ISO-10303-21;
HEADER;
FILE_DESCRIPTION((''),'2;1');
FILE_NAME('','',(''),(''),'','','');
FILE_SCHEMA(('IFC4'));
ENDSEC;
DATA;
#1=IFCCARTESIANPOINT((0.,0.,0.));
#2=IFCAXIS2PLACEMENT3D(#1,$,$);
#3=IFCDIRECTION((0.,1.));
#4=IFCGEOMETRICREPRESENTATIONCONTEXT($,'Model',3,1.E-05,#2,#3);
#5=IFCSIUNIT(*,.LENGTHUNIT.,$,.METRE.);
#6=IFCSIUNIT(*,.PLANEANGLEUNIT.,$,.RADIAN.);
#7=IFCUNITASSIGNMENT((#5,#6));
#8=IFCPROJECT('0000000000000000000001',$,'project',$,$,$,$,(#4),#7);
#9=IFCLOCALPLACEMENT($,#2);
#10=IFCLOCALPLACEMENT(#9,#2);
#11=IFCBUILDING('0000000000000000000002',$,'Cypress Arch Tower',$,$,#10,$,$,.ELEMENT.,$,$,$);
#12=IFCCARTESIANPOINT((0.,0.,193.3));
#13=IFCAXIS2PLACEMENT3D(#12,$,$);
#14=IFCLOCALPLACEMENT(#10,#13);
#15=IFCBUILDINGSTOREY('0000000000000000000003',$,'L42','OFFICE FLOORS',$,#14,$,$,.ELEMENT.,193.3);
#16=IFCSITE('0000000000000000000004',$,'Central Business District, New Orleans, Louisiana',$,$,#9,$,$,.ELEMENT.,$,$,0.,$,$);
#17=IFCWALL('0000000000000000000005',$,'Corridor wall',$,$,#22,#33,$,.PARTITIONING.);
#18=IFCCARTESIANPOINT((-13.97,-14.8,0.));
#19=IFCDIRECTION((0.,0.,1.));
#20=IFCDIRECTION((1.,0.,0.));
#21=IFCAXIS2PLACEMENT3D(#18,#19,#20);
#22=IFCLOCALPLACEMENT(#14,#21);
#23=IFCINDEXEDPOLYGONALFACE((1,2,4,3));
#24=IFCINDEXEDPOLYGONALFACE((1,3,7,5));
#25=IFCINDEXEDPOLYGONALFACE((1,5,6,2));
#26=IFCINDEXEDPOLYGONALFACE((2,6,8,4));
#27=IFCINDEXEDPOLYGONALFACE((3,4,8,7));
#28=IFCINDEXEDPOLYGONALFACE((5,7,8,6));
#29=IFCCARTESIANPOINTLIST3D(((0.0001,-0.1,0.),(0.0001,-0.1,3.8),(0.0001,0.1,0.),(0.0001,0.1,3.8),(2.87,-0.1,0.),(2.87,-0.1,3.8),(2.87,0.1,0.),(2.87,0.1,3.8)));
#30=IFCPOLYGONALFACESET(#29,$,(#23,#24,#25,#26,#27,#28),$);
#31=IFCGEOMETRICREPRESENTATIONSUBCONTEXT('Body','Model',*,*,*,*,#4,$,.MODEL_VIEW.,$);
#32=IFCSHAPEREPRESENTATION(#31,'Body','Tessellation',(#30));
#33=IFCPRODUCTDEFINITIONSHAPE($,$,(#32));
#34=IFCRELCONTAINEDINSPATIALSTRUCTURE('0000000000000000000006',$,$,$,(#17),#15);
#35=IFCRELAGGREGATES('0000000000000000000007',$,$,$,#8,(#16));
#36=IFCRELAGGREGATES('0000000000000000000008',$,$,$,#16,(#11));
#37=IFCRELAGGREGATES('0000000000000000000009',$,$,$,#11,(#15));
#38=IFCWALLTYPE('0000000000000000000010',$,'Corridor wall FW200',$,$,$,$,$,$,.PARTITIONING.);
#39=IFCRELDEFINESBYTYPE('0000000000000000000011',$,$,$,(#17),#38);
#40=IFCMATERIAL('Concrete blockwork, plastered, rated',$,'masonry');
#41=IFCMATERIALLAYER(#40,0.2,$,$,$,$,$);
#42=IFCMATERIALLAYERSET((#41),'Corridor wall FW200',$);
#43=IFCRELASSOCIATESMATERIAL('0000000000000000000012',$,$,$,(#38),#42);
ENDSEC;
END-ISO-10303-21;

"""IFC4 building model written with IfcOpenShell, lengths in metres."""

from ifc_helpers import new_model, si_unit, direction, frame, frame_2d, origin, place, context, subcontext, project, spatial, rectangle, extrude, material, layer, layer_set, type_object, element, save


model = new_model("IFC4")

# Units and contexts
model_context = context("Model", 3, precision=1e-05, world=origin(), true_north=direction((0.0, 1.0)))
body_context = subcontext(model_context, "Body", "Model", "MODEL_VIEW")
ifc_project = project(units=[si_unit("LENGTHUNIT", "METRE"), si_unit("PLANEANGLEUNIT", "RADIAN")], contexts=[model_context])

# Site, building, storey
site_placement = place(None, origin())
site = spatial("IfcSite", under=ifc_project, at=site_placement, Name="Central Business District, New Orleans, Louisiana", CompositionType="ELEMENT", RefElevation=0.0)
building_placement = place(site_placement, origin())
building = spatial("IfcBuilding", under=site, at=building_placement, Name="Cypress Arch Tower", CompositionType="ELEMENT")
storey_placement = place(building_placement, frame((0.0, 0.0, 193.3)))
storey = spatial("IfcBuildingStorey", under=building, at=storey_placement, Name="L42", Description="OFFICE FLOORS", CompositionType="ELEMENT", Elevation=193.3)

# Wall
ifc_material_1 = material(Name="Concrete blockwork, plastered, rated", Category="masonry")
ifc_layer_1 = layer(ifc_material_1, 0.2)
ifc_layer_set_1 = layer_set([ifc_layer_1], Name="Corridor wall FW200")
wall_type_1 = type_object("IfcWallType", Name="Corridor wall FW200", PredefinedType="PARTITIONING", material=ifc_layer_set_1)
wall_1_placement = place(storey_placement, frame((-13.97, -14.8, 0.0), z_axis=(0.0, 0.0, 1.0), x_axis=(1.0, 0.0, 0.0)))
element("IfcWall", 1, at=wall_1_placement, inside=storey, type_object=wall_type_1, Name="Corridor wall", PredefinedType="PARTITIONING", context=body_context, shape_type="SweptSolid", body=[
    extrude(rectangle(XDim=2.8699, YDim=0.2, at=frame_2d((1.4351, 0.0))), origin(), (0.0, 0.0, 1.0), 3.8),
])

save(model, "model.ifc")
